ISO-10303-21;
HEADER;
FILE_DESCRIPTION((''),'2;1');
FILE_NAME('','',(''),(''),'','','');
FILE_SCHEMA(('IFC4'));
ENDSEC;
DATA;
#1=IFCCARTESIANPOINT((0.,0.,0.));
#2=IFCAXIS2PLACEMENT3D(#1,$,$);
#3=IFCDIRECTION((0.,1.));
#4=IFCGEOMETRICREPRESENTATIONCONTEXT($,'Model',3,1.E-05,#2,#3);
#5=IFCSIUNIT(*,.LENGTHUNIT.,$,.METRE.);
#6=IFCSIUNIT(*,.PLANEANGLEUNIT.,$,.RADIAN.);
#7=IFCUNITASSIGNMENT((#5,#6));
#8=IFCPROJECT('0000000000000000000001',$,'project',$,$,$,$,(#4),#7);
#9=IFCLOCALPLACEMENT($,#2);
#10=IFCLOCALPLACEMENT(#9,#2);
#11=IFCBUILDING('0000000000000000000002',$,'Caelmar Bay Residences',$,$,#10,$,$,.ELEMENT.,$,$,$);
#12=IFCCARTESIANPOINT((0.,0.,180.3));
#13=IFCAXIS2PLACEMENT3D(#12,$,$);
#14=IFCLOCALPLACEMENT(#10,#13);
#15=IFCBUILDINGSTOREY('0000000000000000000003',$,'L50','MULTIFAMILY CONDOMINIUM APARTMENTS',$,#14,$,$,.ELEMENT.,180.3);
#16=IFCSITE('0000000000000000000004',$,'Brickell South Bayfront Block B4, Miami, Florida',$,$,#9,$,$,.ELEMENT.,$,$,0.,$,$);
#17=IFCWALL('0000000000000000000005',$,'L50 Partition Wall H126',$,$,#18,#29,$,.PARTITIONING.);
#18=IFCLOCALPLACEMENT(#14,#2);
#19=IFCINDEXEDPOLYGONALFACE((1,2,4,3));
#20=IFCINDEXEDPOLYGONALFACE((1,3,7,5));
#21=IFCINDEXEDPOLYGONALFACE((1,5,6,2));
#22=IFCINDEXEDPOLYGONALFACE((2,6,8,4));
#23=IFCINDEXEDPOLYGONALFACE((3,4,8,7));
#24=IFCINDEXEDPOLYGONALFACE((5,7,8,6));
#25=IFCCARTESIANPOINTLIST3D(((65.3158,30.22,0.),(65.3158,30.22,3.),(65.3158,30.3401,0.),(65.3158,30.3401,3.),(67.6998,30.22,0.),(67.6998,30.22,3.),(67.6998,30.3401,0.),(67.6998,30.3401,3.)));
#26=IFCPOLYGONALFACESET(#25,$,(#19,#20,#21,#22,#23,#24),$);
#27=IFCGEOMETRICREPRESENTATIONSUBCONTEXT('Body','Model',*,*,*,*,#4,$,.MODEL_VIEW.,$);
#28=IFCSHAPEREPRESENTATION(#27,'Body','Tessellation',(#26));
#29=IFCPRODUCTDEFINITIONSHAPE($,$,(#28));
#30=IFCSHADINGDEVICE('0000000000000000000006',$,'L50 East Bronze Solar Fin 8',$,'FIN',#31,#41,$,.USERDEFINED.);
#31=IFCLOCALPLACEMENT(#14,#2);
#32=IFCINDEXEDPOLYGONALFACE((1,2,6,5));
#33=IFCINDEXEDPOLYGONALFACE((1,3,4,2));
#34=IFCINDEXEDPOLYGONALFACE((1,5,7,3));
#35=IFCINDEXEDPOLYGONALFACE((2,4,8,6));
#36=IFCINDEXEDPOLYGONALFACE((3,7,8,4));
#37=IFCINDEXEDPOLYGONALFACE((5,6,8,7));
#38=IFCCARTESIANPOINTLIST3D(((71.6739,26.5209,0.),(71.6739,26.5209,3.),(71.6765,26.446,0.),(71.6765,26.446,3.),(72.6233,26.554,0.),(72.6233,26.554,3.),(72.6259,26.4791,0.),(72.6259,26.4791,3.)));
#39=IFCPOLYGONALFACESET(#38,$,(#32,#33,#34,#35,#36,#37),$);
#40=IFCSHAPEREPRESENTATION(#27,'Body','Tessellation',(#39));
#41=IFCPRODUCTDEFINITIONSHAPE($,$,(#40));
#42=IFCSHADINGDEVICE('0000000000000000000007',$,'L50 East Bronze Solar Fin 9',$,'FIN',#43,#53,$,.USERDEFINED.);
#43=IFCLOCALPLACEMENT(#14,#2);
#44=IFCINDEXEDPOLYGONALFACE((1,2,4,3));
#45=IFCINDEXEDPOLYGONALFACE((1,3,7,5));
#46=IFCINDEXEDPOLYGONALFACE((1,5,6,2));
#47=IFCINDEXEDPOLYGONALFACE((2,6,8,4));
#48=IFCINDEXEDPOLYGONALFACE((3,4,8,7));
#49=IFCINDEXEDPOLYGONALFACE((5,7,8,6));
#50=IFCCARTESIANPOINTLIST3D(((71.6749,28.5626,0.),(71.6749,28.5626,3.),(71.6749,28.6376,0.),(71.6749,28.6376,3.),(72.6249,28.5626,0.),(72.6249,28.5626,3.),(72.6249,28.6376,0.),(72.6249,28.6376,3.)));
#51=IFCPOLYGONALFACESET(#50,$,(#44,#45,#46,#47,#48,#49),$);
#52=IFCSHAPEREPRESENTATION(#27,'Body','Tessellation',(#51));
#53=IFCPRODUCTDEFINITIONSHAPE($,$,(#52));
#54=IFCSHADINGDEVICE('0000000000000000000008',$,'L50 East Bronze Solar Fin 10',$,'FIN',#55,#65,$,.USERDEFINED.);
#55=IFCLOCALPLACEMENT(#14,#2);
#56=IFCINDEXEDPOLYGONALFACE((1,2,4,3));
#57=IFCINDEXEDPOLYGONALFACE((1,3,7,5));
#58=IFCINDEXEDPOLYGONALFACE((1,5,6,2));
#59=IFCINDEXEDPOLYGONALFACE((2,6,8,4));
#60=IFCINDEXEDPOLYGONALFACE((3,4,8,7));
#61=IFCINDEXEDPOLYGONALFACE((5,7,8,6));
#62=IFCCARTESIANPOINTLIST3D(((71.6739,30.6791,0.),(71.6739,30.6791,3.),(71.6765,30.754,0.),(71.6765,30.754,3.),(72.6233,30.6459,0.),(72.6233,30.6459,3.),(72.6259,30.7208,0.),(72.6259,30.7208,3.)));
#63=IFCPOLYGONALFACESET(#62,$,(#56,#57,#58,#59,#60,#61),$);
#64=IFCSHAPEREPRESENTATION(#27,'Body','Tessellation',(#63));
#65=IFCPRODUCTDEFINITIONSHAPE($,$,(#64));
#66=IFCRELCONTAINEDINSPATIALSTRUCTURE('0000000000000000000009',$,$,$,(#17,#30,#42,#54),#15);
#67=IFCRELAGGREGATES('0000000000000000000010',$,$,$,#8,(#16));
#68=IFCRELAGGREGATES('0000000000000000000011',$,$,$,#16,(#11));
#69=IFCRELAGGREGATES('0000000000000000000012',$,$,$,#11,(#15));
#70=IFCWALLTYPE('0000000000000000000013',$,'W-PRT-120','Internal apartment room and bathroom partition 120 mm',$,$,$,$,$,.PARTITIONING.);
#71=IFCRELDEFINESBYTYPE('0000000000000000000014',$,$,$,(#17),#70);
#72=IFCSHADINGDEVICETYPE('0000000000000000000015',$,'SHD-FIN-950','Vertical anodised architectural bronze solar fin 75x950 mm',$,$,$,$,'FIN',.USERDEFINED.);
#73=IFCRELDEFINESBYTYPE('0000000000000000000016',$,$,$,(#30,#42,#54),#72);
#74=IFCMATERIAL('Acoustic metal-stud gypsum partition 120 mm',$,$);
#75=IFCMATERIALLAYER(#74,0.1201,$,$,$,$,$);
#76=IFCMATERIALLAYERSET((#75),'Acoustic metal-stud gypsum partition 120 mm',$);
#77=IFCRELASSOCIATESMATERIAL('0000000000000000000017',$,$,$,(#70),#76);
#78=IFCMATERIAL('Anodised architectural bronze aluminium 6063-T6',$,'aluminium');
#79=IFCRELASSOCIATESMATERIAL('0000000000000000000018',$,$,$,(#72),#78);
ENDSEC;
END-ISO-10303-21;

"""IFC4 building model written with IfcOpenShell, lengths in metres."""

from ifc_helpers import new_model, si_unit, direction, frame, frame_2d, origin, origin_2d, place, context, subcontext, project, spatial, rectangle, extrude, material, layer, layer_set, material_profile, profile_set, type_object, element, save


model = new_model("IFC4")

# Units and contexts
model_context = context("Model", 3, precision=1e-05, world=origin(), true_north=direction((0.0, 1.0)))
body_context = subcontext(model_context, "Body", "Model", "MODEL_VIEW")
ifc_project = project(units=[si_unit("LENGTHUNIT", "METRE"), si_unit("PLANEANGLEUNIT", "RADIAN")], contexts=[model_context])

# Site, building, storey
site_placement = place(None, origin())
site = spatial("IfcSite", under=ifc_project, at=site_placement, Name="Brickell South Bayfront Block B4, Miami, Florida", CompositionType="ELEMENT", RefElevation=0.0)
building_placement = place(site_placement, origin())
building = spatial("IfcBuilding", under=site, at=building_placement, Name="Caelmar Bay Residences", CompositionType="ELEMENT")
storey_placement = place(building_placement, frame((0.0, 0.0, 180.3)))
storey = spatial("IfcBuildingStorey", under=building, at=storey_placement, Name="L50", Description="MULTIFAMILY CONDOMINIUM APARTMENTS", CompositionType="ELEMENT", Elevation=180.3)

# Shared definitions
ifc_material_1 = material(Name="Acoustic metal-stud gypsum partition 120 mm")
ifc_layer_1 = layer(ifc_material_1, 0.1201)
ifc_layer_set_1 = layer_set([ifc_layer_1], Name="Acoustic metal-stud gypsum partition 120 mm")
wall_type = type_object("IfcWallType", Name="W-PRT-120", Description="Internal apartment room and bathroom partition 120 mm", PredefinedType="PARTITIONING", material=ifc_layer_set_1)

# Wall
wall_1_placement = place(storey_placement, frame((65.3159, 30.28, 0.0), z_axis=(0.0, 0.0, 1.0), x_axis=(1.0, 0.0, 0.0)))
element("IfcWall", 1, at=wall_1_placement, inside=storey, type_object=wall_type, Name="L50 Partition Wall H126", PredefinedType="PARTITIONING", context=body_context, shape_type="SweptSolid", body=[
    extrude(rectangle(XDim=2.384, YDim=0.1201, at=frame_2d((1.1919, 0.0))), origin(), (0.0, 0.0, 1.0), 3.0),
])

# Shading devices
ifc_material_2 = material(Name="Anodised architectural bronze aluminium 6063-T6", Category="aluminium")
ifc_material_profile_1 = material_profile(ifc_material_2, rectangle(XDim=0.075, YDim=0.95, at=origin_2d()), Name="BRONZE-FIN-75X950")
ifc_profile_set_1 = profile_set([ifc_material_profile_1], Name="Anodised architectural bronze aluminium 6063-T6")
shading_device_type = type_object("IfcShadingDeviceType", Name="SHD-FIN-950", Description="Vertical anodised architectural bronze solar fin 75x950 mm", ElementType="FIN", PredefinedType="USERDEFINED", material=ifc_profile_set_1)
for number, where, z_axis, x_axis, name in (
    (2, (72.1499, 26.5, 0.0), (0.0, 0.0, 1.0), (-0.034899, 0.999391, 0.0), "L50 East Bronze Solar Fin 8"),
    (3, (72.1499, 28.6001, 0.0), (0.0, 0.0, 1.0), (0.0, 1.0, 0.0), "L50 East Bronze Solar Fin 9"),
    (4, (72.1499, 30.7, 0.0), (0.0, 0.0, 1.0), (0.034899, 0.999391, 0.0), "L50 East Bronze Solar Fin 10"),
):
    element("IfcShadingDevice", number, at=place(storey_placement, frame(where, z_axis=z_axis, x_axis=x_axis)), inside=storey, type_object=shading_device_type, Name=name, ObjectType="FIN", PredefinedType="USERDEFINED", context=body_context, shape_type="SweptSolid", body=[
        extrude(rectangle(XDim=0.075, YDim=0.95, at=origin_2d()), origin(), (0.0, 0.0, 1.0), 3.0),
    ])

save(model, "model.ifc")
